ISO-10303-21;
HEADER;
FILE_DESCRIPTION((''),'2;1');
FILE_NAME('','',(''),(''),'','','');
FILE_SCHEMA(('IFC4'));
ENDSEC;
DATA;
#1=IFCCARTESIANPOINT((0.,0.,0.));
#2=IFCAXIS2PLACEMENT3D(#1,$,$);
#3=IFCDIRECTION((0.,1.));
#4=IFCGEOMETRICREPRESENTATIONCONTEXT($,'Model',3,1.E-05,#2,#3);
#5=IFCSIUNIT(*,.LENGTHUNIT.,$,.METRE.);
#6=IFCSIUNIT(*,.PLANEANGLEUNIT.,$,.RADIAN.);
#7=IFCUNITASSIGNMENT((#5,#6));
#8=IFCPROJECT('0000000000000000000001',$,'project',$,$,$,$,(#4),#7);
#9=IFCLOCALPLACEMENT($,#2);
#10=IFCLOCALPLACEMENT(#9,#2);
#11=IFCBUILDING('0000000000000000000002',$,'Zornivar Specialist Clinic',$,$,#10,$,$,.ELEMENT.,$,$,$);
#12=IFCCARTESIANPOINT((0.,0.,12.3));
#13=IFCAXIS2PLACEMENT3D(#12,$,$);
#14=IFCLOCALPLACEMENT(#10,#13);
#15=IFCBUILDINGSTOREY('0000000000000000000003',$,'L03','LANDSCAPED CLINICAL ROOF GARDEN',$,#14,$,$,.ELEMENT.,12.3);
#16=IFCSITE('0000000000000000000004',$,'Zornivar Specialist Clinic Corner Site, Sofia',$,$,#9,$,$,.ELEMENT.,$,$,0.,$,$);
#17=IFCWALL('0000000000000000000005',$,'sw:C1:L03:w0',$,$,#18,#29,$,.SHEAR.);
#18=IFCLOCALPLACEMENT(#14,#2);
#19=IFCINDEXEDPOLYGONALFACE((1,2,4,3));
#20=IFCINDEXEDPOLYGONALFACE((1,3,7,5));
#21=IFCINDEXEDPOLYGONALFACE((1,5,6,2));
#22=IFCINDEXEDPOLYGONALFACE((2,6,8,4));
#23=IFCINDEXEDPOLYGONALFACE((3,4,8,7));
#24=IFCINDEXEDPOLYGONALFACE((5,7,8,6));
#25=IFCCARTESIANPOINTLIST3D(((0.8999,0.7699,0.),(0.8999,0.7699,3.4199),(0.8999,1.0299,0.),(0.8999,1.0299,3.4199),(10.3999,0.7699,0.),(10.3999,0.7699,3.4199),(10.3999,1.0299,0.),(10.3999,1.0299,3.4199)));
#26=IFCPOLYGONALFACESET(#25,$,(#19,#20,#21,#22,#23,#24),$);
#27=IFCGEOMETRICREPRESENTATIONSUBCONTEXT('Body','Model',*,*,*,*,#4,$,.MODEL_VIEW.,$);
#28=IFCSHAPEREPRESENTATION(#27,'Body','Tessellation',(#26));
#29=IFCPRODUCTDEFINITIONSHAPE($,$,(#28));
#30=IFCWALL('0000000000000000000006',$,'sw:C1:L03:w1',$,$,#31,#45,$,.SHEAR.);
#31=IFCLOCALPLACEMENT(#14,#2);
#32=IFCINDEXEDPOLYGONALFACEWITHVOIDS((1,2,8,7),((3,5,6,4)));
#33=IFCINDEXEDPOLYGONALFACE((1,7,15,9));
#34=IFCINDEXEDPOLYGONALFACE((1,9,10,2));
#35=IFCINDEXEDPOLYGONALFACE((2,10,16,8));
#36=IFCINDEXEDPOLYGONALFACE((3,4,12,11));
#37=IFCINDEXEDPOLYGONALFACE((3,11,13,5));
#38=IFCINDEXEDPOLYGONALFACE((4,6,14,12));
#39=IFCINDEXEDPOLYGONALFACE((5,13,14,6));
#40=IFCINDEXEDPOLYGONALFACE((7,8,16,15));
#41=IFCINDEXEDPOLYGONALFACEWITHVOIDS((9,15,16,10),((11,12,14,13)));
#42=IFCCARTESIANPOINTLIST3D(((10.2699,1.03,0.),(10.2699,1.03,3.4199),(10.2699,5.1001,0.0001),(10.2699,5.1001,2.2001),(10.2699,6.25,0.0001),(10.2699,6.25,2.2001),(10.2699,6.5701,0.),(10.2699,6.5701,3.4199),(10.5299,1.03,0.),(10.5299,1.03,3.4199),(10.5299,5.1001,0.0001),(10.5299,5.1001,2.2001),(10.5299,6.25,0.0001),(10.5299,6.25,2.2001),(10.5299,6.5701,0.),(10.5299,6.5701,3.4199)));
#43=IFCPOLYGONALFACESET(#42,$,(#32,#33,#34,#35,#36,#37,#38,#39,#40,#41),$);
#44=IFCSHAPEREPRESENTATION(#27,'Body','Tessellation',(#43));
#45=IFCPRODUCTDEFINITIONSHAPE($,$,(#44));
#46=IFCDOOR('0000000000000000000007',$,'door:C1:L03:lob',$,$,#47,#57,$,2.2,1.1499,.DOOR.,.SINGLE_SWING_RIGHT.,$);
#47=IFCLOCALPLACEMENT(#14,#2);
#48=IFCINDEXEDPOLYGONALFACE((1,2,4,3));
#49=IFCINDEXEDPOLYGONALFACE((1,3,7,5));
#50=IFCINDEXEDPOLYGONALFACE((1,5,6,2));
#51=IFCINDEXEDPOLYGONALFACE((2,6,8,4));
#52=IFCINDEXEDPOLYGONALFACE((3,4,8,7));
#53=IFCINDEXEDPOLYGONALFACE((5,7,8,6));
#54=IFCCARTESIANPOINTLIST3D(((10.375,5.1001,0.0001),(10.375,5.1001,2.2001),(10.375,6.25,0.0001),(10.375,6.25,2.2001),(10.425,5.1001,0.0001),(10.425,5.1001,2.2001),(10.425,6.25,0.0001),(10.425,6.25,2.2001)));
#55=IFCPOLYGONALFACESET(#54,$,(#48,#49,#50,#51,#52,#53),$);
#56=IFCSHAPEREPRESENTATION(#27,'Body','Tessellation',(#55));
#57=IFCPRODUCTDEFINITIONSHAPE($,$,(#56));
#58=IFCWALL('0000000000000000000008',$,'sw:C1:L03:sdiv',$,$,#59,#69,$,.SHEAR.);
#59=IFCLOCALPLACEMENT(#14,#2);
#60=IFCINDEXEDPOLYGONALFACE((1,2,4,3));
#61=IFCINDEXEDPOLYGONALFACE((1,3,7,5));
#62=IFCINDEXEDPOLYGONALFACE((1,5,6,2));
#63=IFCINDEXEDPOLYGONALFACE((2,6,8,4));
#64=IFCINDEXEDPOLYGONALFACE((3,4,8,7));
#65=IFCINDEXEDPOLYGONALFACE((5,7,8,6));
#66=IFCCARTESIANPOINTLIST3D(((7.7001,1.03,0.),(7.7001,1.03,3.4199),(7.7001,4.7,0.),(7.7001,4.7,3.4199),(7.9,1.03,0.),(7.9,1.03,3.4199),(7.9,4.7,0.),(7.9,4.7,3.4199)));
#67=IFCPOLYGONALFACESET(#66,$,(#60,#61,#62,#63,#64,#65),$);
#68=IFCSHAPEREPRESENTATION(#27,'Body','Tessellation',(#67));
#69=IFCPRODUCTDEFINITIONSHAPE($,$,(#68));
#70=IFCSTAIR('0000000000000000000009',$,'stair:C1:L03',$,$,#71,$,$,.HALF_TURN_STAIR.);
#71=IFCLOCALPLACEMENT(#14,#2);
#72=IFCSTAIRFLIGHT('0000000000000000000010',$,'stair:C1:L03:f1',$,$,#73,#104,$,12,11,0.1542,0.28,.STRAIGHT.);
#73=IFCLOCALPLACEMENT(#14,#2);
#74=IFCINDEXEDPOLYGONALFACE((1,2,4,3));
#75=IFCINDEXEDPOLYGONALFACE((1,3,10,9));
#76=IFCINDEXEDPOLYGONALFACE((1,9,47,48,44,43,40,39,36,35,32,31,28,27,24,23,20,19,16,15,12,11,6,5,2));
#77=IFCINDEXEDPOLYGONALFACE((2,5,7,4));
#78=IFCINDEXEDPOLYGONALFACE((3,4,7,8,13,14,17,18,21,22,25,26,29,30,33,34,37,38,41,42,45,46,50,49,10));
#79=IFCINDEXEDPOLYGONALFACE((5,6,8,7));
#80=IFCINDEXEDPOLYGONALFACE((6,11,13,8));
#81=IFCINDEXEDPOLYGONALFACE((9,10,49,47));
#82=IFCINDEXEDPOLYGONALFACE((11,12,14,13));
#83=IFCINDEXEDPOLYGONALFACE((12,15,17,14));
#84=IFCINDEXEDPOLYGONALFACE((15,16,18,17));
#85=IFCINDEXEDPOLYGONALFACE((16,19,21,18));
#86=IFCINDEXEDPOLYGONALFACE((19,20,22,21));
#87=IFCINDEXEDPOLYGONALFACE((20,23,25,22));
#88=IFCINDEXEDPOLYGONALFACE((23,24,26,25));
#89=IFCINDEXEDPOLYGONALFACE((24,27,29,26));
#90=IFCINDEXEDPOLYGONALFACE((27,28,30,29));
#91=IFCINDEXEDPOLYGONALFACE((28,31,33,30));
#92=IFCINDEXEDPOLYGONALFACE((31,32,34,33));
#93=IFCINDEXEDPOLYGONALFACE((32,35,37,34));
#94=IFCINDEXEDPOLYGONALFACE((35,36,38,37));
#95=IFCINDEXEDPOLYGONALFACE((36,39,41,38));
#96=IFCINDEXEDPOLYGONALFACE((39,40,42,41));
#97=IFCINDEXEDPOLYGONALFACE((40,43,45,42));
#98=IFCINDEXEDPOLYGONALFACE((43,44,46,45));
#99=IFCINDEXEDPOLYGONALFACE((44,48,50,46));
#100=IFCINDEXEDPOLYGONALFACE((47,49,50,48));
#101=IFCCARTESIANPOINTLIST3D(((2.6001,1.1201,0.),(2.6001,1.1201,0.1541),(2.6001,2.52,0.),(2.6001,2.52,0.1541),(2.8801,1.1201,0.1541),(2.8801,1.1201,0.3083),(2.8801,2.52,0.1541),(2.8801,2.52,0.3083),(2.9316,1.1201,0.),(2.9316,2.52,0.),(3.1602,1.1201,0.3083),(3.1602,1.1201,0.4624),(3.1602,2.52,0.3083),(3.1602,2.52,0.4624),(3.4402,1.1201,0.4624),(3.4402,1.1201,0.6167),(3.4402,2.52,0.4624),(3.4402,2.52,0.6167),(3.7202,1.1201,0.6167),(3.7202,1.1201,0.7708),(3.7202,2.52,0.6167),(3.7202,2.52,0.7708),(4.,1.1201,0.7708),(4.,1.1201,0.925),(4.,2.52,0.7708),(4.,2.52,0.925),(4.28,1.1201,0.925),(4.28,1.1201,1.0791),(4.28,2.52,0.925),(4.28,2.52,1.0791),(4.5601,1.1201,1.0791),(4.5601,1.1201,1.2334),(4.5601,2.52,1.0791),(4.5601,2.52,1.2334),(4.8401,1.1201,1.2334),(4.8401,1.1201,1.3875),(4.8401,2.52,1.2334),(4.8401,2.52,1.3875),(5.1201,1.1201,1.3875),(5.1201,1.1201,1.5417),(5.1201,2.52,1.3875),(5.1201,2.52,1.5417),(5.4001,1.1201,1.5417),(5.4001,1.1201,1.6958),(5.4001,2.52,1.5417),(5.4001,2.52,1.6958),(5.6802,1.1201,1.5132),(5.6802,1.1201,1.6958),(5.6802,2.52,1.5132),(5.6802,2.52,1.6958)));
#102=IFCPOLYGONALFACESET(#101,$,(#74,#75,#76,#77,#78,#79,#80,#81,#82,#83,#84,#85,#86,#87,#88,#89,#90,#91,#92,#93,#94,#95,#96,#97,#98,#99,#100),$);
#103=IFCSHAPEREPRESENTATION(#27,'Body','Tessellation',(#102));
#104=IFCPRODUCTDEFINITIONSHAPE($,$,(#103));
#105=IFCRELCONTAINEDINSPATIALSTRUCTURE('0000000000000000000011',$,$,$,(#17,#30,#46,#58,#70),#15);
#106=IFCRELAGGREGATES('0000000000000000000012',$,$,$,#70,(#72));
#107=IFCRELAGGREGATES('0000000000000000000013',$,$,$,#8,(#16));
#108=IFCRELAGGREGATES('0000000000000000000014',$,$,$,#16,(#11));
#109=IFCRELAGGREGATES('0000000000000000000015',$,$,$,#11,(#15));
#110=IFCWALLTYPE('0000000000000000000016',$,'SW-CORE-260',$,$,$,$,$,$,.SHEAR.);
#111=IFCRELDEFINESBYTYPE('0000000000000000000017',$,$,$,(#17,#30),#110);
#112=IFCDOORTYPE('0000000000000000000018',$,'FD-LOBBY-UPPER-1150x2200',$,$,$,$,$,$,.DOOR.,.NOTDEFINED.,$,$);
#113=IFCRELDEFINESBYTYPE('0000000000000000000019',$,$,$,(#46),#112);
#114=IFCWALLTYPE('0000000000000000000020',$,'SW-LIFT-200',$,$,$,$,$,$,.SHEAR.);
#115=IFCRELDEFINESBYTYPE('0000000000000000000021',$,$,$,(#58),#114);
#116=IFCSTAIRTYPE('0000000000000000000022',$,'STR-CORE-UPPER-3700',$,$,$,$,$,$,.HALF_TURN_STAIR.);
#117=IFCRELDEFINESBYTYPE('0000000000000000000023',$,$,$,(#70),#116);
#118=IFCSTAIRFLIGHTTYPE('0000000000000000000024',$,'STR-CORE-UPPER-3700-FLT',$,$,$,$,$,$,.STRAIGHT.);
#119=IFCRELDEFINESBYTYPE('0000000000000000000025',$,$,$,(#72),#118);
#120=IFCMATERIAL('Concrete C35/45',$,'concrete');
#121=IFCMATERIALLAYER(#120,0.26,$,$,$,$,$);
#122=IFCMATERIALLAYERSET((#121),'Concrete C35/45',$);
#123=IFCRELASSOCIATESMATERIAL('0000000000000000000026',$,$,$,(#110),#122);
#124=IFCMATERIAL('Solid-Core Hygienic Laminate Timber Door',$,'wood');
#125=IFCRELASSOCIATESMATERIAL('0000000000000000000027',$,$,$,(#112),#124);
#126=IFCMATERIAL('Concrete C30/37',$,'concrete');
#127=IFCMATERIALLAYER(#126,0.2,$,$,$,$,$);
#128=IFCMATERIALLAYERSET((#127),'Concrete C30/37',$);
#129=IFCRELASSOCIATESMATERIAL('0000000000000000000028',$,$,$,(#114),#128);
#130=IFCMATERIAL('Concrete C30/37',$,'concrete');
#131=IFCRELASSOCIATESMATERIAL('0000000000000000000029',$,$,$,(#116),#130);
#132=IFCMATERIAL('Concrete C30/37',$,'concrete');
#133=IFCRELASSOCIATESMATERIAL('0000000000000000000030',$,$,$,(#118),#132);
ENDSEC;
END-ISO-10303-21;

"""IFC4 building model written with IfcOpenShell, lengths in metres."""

from ifc_helpers import new_model, si_unit, direction, frame, frame_2d, origin, place, context, subcontext, project, spatial, polyline, rectangle, outline, extrude, material, layer, layer_set, type_object, element, fill, aggregate, save


model = new_model("IFC4")

# Units and contexts
model_context = context("Model", 3, precision=1e-05, world=origin(), true_north=direction((0.0, 1.0)))
body_context = subcontext(model_context, "Body", "Model", "MODEL_VIEW")
ifc_project = project(units=[si_unit("LENGTHUNIT", "METRE"), si_unit("PLANEANGLEUNIT", "RADIAN")], contexts=[model_context])

# Site, building, storey
site_placement = place(None, origin())
site = spatial("IfcSite", under=ifc_project, at=site_placement, Name="Zornivar Specialist Clinic Corner Site, Sofia", CompositionType="ELEMENT", RefElevation=0.0)
building_placement = place(site_placement, origin())
building = spatial("IfcBuilding", under=site, at=building_placement, Name="Zornivar Specialist Clinic", CompositionType="ELEMENT")
storey_placement = place(building_placement, frame((0.0, 0.0, 12.3)))
storey = spatial("IfcBuildingStorey", under=building, at=storey_placement, Name="L03", Description="LANDSCAPED CLINICAL ROOF GARDEN", CompositionType="ELEMENT", Elevation=12.3)

# Wall
ifc_material_1 = material(Name="Concrete C35/45", Category="concrete")
ifc_layer_1 = layer(ifc_material_1, 0.26)
ifc_layer_set_1 = layer_set([ifc_layer_1], Name="Concrete C35/45")
wall_type_1 = type_object("IfcWallType", Name="SW-CORE-260", PredefinedType="SHEAR", material=ifc_layer_set_1)
wall_1_placement = place(storey_placement, frame((0.8999, 0.8999, 0.0), z_axis=(0.0, 0.0, 1.0), x_axis=(1.0, 0.0, 0.0)))
element("IfcWall", 1, at=wall_1_placement, inside=storey, type_object=wall_type_1, Name="sw:C1:L03:w0", PredefinedType="SHEAR", context=body_context, shape_type="SweptSolid", body=[
    extrude(rectangle(XDim=9.5, YDim=0.26, at=frame_2d((4.75, 0.0))), origin(), (0.0, 0.0, 1.0), 3.4199),
])

# Wall, opening, door
wall_2_placement = place(storey_placement, frame((10.3999, 1.03, 0.0), z_axis=(0.0, 0.0, 1.0), x_axis=(0.0, 1.0, 0.0)))
wall_2 = element("IfcWall", 2, at=wall_2_placement, inside=storey, type_object=wall_type_1, Name="sw:C1:L03:w1", PredefinedType="SHEAR", context=body_context, shape_type="SweptSolid", body=[
    extrude(rectangle(XDim=5.54, YDim=0.26, at=frame_2d((2.77, 0.0))), origin(), (0.0, 0.0, 1.0), 3.4199),
])
opening_1_placement = place(wall_2_placement, frame((4.0701, 0.0, 0.0)))
opening_1 = element("IfcOpeningElement", 3, at=opening_1_placement, cuts=wall_2, PredefinedType="OPENING", context=body_context, shape_type="SweptSolid", body=[
    extrude(rectangle(XDim=1.1499, YDim=2.2, at=frame_2d((0.575, 1.1001))), frame((0.0, 0.1399, 0.0), z_axis=(0.0, -1.0, 0.0), x_axis=(1.0, 0.0, 0.0)), (0.0, 0.0, 1.0), 0.28),
])
ifc_material_2 = material(Name="Solid-Core Hygienic Laminate Timber Door", Category="wood")
door_type = type_object("IfcDoorType", Name="FD-LOBBY-UPPER-1150x2200", OperationType="NOTDEFINED", PredefinedType="DOOR", material=ifc_material_2)
door_placement = place(opening_1_placement, origin())
door = element("IfcDoor", 4, at=door_placement, inside=storey, type_object=door_type, Name="door:C1:L03:lob", OperationType="SINGLE_SWING_RIGHT", OverallHeight=2.2, OverallWidth=1.1499, PredefinedType="DOOR", context=body_context, shape_type="SweptSolid", body=[
    extrude(rectangle(XDim=1.1499, YDim=2.2, at=frame_2d((0.575, 1.1001))), frame((0.0, 0.0249, 0.0), z_axis=(0.0, -1.0, 0.0), x_axis=(1.0, 0.0, 0.0)), (0.0, 0.0, 1.0), 0.05),
])
fill(opening_1, door)

# Wall
ifc_material_3 = material(Name="Concrete C30/37", Category="concrete")
ifc_layer_2 = layer(ifc_material_3, 0.2)
ifc_layer_set_2 = layer_set([ifc_layer_2], Name="Concrete C30/37")
wall_type_2 = type_object("IfcWallType", Name="SW-LIFT-200", PredefinedType="SHEAR", material=ifc_layer_set_2)
wall_3_placement = place(storey_placement, frame((7.8, 1.03, 0.0), z_axis=(0.0, 0.0, 1.0), x_axis=(0.0, 1.0, 0.0)))
element("IfcWall", 5, at=wall_3_placement, inside=storey, type_object=wall_type_2, Name="sw:C1:L03:sdiv", PredefinedType="SHEAR", context=body_context, shape_type="SweptSolid", body=[
    extrude(rectangle(XDim=3.6699, YDim=0.2, at=frame_2d((1.835, 0.0))), origin(), (0.0, 0.0, 1.0), 3.4199),
])

# Stair, stair flight
ifc_material_4 = material(Name="Concrete C30/37", Category="concrete")
stair_type = type_object("IfcStairType", Name="STR-CORE-UPPER-3700", PredefinedType="HALF_TURN_STAIR", material=ifc_material_4)
stair_placement = place(storey_placement, origin())
stair = element("IfcStair", 6, at=stair_placement, inside=storey, type_object=stair_type, Name="stair:C1:L03", PredefinedType="HALF_TURN_STAIR")
ifc_material_5 = material(Name="Concrete C30/37", Category="concrete")
stair_flight_type = type_object("IfcStairFlightType", Name="STR-CORE-UPPER-3700-FLT", PredefinedType="STRAIGHT", material=ifc_material_5)
stair_flight_placement = place(storey_placement, frame((2.6001, 1.8201, 0.0), z_axis=(0.0, 0.0, 1.0), x_axis=(1.0, 0.0, 0.0)))
stair_flight = element("IfcStairFlight", 7, at=stair_flight_placement, type_object=stair_flight_type, Name="stair:C1:L03:f1", NumberOfRisers=12, NumberOfTreads=11, PredefinedType="STRAIGHT", RiserHeight=0.1542, TreadLength=0.28, context=body_context, shape_type="SweptSolid", body=[
    extrude(outline(polyline([(0.0, 0.0), (0.0, 0.1541), (0.28, 0.1541), (0.28, 0.3083), (0.5601, 0.3083), (0.5601, 0.4624), (0.8401, 0.4624), (0.8401, 0.6167), (1.1201, 0.6167), (1.1201, 0.7708), (1.3999, 0.7708), (1.3999, 0.925), (1.6799, 0.925), (1.6799, 1.0791), (1.96, 1.0791), (1.96, 1.2334), (2.24, 1.2334), (2.24, 1.3875), (2.52, 1.3875), (2.52, 1.5417), (2.8, 1.5417), (2.8, 1.6958), (3.0801, 1.6958), (3.0801, 1.8501), (3.0801, 1.5132), (0.3315, 0.0), (0.0, 0.0)])), frame((0.0, 0.7, 0.0), z_axis=(0.0, -1.0, 0.0), x_axis=(1.0, 0.0, 0.0)), (0.0, 0.0, 1.0), 1.3999),
])
aggregate(stair, [stair_flight])

save(model, "model.ifc")
